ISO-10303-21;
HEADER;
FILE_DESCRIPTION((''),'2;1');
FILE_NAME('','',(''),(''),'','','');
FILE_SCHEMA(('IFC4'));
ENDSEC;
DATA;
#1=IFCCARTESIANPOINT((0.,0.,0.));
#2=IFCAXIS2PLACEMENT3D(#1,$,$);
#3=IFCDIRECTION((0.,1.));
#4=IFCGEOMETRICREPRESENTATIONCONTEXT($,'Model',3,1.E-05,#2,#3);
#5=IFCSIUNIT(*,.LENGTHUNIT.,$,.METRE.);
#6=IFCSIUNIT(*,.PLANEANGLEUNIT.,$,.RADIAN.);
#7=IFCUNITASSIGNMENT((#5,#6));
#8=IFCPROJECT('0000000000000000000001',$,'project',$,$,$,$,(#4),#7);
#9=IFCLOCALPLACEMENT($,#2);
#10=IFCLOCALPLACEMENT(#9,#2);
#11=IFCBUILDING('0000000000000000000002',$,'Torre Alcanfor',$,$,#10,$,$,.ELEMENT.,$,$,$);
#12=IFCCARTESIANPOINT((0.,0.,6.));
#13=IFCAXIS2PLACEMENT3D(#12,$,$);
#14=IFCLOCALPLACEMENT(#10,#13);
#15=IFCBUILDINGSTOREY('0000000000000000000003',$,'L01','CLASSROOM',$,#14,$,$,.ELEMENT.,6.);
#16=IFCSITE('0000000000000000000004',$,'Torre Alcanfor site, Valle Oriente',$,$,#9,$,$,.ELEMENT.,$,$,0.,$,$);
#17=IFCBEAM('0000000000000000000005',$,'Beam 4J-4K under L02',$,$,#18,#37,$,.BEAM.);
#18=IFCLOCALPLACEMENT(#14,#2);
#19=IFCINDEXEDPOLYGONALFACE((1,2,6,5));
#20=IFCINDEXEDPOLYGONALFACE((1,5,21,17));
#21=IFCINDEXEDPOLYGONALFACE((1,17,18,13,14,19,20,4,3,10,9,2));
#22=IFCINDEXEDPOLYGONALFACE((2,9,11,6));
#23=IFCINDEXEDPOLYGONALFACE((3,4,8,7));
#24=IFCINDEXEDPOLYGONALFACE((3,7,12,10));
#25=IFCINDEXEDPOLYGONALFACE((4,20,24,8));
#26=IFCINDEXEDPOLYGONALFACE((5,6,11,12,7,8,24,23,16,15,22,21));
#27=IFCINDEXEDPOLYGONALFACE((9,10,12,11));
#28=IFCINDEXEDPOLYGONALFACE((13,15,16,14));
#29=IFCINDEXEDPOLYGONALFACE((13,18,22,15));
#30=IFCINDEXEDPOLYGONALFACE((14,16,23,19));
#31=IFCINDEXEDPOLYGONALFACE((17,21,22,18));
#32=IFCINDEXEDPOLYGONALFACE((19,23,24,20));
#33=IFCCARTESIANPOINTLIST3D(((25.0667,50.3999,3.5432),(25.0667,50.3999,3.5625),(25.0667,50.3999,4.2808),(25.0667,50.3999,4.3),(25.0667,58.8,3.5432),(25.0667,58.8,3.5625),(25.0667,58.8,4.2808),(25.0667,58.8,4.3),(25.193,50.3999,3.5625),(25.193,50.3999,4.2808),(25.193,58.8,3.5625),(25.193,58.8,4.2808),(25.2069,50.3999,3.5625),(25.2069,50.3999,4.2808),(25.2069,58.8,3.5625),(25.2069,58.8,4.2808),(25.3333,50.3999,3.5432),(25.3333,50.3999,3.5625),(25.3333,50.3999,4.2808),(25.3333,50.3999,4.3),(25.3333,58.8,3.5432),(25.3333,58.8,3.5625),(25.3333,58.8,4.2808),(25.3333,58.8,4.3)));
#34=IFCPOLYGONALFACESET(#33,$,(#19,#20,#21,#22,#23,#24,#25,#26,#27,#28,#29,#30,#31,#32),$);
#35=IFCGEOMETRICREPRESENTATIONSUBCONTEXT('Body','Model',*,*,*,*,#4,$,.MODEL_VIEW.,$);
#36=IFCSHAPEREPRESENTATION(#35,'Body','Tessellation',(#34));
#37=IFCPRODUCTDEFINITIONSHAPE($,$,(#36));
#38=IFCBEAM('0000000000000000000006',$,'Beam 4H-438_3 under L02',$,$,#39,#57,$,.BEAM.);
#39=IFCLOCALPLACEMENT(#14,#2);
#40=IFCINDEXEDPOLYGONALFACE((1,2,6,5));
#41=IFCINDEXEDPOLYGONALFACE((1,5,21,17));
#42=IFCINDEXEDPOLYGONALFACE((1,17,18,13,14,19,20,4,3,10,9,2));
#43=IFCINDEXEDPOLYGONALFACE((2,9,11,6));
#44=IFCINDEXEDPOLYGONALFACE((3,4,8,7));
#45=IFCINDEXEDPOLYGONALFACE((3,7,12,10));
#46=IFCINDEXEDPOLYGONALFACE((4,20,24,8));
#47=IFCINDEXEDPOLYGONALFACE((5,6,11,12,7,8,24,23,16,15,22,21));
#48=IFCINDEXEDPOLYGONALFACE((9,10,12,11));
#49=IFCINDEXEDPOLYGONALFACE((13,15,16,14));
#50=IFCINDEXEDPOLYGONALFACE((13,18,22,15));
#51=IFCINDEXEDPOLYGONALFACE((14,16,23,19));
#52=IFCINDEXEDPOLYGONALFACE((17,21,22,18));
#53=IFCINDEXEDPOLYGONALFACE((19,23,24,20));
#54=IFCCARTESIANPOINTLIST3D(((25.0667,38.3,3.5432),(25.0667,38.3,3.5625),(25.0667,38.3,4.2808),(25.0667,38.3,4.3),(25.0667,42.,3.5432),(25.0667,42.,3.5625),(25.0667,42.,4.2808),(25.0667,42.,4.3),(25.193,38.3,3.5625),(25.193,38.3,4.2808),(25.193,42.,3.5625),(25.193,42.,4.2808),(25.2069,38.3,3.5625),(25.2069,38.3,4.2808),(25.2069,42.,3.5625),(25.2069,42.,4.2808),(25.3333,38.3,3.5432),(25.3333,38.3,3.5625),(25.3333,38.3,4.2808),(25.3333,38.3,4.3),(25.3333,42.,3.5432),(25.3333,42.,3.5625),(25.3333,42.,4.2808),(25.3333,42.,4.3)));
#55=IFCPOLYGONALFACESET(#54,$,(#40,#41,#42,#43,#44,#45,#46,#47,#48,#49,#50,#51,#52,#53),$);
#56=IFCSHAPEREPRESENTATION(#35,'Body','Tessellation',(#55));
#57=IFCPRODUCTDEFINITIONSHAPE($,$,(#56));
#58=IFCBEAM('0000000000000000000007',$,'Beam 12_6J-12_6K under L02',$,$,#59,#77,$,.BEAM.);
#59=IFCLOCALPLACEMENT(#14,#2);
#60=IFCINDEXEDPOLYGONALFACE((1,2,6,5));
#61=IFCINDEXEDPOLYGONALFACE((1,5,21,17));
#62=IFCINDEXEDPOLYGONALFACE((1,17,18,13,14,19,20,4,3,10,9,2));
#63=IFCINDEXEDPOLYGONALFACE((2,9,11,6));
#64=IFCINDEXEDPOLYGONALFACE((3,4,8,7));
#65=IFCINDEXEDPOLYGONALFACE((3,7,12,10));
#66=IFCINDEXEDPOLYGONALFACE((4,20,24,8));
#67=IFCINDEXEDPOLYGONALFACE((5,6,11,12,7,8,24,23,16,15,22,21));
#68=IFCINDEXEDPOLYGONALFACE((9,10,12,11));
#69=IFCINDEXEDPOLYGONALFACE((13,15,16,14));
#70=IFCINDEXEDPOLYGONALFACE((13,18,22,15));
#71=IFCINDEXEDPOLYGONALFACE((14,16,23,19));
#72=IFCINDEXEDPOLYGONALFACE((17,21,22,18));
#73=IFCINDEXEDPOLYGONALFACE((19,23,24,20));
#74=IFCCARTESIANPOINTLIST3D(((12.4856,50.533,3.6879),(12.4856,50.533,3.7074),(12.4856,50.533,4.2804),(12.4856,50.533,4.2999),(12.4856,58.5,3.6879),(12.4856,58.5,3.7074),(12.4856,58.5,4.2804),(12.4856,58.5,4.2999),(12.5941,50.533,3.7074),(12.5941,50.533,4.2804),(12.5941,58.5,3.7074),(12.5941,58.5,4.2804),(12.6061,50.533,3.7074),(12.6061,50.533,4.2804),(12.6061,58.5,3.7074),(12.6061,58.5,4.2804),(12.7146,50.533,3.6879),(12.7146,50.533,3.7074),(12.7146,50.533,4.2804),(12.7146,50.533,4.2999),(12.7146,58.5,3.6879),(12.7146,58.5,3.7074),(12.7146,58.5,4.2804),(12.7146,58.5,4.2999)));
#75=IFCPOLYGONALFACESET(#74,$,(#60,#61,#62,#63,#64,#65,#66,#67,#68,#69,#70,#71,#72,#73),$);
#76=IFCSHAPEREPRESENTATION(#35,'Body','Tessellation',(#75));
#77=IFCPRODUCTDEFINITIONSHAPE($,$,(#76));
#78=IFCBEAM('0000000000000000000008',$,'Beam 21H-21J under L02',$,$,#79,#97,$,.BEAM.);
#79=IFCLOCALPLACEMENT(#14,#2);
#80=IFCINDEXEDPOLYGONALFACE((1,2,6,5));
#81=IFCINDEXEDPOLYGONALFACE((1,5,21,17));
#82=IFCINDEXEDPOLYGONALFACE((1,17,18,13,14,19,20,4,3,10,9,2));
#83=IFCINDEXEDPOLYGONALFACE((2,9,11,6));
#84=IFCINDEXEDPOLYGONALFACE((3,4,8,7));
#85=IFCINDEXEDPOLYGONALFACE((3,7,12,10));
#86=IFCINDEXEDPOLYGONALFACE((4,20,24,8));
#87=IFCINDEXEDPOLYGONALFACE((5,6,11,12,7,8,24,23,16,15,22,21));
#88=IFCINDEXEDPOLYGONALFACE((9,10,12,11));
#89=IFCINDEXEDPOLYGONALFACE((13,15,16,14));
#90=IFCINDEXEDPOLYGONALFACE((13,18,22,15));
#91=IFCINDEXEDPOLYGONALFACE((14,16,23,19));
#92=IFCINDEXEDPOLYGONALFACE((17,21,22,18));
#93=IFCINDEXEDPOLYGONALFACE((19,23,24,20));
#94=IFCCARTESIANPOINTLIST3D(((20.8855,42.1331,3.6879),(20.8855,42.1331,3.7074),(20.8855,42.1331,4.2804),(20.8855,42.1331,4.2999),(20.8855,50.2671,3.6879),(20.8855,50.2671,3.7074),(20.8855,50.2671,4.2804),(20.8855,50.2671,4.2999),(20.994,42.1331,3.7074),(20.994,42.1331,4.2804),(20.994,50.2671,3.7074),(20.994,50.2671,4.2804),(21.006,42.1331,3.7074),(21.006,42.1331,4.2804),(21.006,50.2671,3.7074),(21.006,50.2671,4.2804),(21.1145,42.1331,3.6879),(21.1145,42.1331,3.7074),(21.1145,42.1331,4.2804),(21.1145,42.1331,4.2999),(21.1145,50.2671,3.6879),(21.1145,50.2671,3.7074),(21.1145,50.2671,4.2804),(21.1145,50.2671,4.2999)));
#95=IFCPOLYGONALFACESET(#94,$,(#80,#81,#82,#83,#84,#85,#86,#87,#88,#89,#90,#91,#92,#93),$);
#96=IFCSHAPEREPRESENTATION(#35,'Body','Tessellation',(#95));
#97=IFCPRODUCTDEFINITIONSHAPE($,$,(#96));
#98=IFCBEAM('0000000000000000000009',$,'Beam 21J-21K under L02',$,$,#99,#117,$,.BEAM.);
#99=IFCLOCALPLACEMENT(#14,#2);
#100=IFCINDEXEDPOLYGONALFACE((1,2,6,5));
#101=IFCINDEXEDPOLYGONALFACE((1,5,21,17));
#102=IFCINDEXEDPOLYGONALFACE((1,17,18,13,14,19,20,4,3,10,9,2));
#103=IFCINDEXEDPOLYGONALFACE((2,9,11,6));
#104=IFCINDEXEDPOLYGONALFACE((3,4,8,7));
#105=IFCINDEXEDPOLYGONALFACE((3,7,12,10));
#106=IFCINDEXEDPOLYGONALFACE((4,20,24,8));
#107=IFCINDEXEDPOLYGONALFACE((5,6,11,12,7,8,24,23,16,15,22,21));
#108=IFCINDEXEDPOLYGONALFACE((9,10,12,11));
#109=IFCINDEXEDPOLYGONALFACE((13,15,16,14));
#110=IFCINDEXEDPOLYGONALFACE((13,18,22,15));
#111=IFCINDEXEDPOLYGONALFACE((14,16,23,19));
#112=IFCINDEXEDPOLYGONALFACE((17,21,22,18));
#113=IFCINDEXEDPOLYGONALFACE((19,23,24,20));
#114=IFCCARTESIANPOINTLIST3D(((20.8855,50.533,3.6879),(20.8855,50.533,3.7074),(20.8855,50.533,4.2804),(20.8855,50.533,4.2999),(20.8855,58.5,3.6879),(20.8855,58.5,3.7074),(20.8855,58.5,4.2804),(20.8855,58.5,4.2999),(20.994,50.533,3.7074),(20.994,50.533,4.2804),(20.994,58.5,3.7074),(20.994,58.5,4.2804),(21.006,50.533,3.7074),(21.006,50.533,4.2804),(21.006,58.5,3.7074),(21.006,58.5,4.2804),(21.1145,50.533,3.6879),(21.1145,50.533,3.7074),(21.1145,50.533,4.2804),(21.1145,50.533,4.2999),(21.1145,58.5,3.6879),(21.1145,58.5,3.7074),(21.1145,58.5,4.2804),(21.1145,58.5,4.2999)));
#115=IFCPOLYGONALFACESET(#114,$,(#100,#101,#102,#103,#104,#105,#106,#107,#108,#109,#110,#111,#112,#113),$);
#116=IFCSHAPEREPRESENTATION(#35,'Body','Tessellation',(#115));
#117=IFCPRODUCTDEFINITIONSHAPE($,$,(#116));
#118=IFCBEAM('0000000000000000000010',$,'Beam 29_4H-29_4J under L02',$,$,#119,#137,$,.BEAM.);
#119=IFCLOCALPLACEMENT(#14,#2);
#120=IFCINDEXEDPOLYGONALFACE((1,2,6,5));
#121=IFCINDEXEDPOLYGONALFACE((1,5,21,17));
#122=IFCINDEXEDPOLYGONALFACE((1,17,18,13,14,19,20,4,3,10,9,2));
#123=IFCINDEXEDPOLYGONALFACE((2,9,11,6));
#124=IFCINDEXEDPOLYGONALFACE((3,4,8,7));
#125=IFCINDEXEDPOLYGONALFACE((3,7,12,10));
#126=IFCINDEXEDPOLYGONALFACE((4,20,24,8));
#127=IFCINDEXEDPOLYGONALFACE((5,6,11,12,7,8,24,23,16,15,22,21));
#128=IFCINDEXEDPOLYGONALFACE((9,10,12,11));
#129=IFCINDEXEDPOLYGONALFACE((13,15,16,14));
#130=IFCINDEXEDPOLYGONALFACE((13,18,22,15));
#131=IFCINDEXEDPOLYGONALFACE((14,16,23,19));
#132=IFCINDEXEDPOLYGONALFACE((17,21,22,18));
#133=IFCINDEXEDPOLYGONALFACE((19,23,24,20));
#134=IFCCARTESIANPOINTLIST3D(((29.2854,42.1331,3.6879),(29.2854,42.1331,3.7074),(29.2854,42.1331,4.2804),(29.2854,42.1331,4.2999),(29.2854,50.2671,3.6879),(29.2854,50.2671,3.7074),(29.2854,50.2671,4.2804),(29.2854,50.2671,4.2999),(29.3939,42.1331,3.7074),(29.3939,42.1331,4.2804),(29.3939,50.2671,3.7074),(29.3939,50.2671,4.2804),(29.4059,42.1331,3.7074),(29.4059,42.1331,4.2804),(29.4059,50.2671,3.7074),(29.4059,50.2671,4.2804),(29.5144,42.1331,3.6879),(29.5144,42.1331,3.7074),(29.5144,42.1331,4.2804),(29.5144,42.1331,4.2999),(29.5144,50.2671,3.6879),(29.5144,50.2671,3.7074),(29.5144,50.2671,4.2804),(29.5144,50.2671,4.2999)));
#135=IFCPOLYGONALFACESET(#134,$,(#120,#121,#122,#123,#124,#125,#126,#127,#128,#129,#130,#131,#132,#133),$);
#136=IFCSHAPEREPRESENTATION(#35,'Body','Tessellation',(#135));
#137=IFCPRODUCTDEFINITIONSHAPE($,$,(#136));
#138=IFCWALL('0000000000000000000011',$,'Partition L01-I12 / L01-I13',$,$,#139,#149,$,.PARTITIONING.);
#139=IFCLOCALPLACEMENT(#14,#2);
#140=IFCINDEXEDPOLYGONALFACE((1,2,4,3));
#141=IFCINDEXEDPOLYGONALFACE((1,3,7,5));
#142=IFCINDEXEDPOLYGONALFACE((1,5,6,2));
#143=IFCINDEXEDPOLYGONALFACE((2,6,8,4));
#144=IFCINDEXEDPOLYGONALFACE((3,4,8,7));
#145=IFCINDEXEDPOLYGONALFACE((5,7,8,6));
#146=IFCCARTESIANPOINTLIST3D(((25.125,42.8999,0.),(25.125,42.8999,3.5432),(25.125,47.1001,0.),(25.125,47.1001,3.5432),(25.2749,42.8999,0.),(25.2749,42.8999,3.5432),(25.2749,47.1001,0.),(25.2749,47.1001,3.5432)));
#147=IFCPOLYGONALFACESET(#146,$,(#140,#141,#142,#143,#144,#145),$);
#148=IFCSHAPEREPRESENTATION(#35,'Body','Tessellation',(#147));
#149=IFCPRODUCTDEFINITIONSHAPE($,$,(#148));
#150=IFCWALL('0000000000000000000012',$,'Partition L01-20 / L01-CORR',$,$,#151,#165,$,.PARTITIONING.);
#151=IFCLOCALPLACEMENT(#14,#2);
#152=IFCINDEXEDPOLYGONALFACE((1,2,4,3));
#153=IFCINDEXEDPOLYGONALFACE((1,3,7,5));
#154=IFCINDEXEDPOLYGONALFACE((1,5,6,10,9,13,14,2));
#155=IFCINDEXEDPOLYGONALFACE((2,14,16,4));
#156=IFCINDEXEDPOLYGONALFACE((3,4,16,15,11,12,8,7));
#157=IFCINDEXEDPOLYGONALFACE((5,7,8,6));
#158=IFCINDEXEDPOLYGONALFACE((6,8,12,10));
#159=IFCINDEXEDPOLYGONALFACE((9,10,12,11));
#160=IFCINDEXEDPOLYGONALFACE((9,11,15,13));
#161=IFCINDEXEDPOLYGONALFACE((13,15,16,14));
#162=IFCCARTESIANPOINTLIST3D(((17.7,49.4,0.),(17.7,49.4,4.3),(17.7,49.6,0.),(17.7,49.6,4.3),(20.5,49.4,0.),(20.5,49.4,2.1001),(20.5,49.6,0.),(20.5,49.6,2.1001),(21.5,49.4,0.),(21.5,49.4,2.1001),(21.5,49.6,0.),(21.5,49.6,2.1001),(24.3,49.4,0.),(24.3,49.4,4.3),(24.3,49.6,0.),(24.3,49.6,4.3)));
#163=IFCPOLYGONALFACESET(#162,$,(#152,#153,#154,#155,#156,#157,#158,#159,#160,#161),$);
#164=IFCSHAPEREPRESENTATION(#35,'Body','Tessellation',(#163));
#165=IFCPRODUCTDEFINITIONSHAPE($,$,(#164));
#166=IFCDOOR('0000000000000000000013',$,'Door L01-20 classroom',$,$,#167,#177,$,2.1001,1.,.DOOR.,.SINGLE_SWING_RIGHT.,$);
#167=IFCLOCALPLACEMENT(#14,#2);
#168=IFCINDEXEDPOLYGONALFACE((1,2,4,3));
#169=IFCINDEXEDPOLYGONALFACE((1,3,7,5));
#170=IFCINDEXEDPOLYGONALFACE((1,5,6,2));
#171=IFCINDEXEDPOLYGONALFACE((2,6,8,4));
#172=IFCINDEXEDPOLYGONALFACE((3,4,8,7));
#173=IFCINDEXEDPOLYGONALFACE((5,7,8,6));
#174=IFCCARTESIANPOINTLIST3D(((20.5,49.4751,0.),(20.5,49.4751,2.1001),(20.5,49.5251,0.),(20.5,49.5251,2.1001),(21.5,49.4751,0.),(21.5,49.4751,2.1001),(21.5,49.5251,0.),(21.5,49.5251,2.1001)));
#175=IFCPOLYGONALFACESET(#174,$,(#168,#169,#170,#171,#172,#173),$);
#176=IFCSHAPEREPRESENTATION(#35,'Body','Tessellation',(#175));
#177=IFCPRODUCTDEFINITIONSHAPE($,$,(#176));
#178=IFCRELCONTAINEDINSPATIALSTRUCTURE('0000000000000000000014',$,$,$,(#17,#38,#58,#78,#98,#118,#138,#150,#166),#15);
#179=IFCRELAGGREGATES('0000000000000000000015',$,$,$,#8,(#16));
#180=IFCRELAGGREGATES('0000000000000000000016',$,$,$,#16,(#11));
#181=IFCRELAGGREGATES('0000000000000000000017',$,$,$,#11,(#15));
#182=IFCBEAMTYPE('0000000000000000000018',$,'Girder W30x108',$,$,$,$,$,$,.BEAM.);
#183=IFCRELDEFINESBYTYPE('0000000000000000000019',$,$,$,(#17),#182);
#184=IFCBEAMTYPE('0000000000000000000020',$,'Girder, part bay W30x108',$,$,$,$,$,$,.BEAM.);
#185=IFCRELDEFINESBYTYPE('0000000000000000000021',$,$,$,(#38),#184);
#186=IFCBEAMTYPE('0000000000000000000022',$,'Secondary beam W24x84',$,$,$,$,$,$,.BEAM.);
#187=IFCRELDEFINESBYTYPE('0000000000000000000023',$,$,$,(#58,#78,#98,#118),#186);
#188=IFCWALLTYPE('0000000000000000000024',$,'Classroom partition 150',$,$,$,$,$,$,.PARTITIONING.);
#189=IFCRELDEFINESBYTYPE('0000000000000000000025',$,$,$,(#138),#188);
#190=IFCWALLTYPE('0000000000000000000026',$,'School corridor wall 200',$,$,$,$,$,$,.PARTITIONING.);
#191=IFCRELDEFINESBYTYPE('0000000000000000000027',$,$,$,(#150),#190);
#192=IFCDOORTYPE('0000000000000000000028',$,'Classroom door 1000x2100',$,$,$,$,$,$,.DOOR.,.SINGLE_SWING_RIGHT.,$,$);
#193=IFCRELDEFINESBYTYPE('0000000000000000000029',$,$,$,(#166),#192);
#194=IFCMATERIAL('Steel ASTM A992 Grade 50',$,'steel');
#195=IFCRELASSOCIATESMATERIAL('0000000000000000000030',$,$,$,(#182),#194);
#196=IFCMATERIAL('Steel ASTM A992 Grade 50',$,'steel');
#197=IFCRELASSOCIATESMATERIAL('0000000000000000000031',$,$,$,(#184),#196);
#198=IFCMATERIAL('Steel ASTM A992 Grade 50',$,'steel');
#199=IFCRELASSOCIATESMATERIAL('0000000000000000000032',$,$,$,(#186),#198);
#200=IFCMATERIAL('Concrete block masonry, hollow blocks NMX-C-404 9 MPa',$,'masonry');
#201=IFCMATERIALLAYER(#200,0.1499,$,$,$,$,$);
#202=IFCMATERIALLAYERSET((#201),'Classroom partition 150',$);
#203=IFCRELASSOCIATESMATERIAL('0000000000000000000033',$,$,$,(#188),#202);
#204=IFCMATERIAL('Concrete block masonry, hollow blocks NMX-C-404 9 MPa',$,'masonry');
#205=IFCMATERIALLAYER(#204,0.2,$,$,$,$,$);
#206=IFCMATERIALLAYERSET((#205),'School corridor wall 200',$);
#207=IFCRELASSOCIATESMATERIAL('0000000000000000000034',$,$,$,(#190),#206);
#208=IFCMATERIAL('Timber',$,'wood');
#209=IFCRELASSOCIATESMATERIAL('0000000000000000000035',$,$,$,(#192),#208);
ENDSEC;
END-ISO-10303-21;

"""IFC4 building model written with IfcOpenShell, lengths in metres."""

from ifc_helpers import new_model, si_unit, direction, frame, frame_2d, origin, origin_2d, place, context, subcontext, project, spatial, rectangle, i_section, extrude, material, layer, layer_set, material_profile, profile_set, type_object, element, fill, save


model = new_model("IFC4")

# Units and contexts
model_context = context("Model", 3, precision=1e-05, world=origin(), true_north=direction((0.0, 1.0)))
body_context = subcontext(model_context, "Body", "Model", "MODEL_VIEW")
ifc_project = project(units=[si_unit("LENGTHUNIT", "METRE"), si_unit("PLANEANGLEUNIT", "RADIAN")], contexts=[model_context])

# Site, building, storey
site_placement = place(None, origin())
site = spatial("IfcSite", under=ifc_project, at=site_placement, Name="Torre Alcanfor site, Valle Oriente", CompositionType="ELEMENT", RefElevation=0.0)
building_placement = place(site_placement, origin())
building = spatial("IfcBuilding", under=site, at=building_placement, Name="Torre Alcanfor", CompositionType="ELEMENT")
storey_placement = place(building_placement, frame((0.0, 0.0, 6.0)))
storey = spatial("IfcBuildingStorey", under=building, at=storey_placement, Name="L01", Description="CLASSROOM", CompositionType="ELEMENT", Elevation=6.0)

# Beams
ifc_material_1 = material(Name="Steel ASTM A992 Grade 50", Category="steel")
ifc_material_profile_1 = material_profile(ifc_material_1, i_section(OverallWidth=0.2666, OverallDepth=0.7568, WebThickness=0.0139, FlangeThickness=0.0193, at=origin_2d()), Name="W30x108")
ifc_profile_set_1 = profile_set([ifc_material_profile_1], Name="Steel ASTM A992 Grade 50")
beam_type_1 = type_object("IfcBeamType", Name="Girder W30x108", PredefinedType="BEAM", material=ifc_profile_set_1)
beam_1_placement = place(storey_placement, frame((25.2, 50.3999, 3.9216), z_axis=(0.0, 1.0, 0.0), x_axis=(-1.0, 0.0, 0.0)))
element("IfcBeam", 1, at=beam_1_placement, inside=storey, type_object=beam_type_1, Name="Beam 4J-4K under L02", PredefinedType="BEAM", context=body_context, shape_type="SweptSolid", body=[
    extrude(i_section(OverallWidth=0.2666, OverallDepth=0.7568, WebThickness=0.0139, FlangeThickness=0.0193, at=origin_2d()), origin(), (0.0, 0.0, 1.0), 8.4001),
])
ifc_material_2 = material(Name="Steel ASTM A992 Grade 50", Category="steel")
ifc_material_profile_2 = material_profile(ifc_material_2, i_section(OverallWidth=0.2666, OverallDepth=0.7568, WebThickness=0.0139, FlangeThickness=0.0193, at=origin_2d()), Name="W30x108")
ifc_profile_set_2 = profile_set([ifc_material_profile_2], Name="Steel ASTM A992 Grade 50")
beam_type_2 = type_object("IfcBeamType", Name="Girder, part bay W30x108", PredefinedType="BEAM", material=ifc_profile_set_2)
beam_2_placement = place(storey_placement, frame((25.2, 42.0, 3.9216), z_axis=(0.0, -1.0, 0.0), x_axis=(1.0, 0.0, 0.0)))
element("IfcBeam", 2, at=beam_2_placement, inside=storey, type_object=beam_type_2, Name="Beam 4H-438_3 under L02", PredefinedType="BEAM", context=body_context, shape_type="SweptSolid", body=[
    extrude(i_section(OverallWidth=0.2666, OverallDepth=0.7568, WebThickness=0.0139, FlangeThickness=0.0193, at=origin_2d()), origin(), (0.0, 0.0, 1.0), 3.7),
])
ifc_material_3 = material(Name="Steel ASTM A992 Grade 50", Category="steel")
ifc_material_profile_3 = material_profile(ifc_material_3, i_section(OverallWidth=0.229, OverallDepth=0.6121, WebThickness=0.012, FlangeThickness=0.0195, at=origin_2d()), Name="W24x84")
ifc_profile_set_3 = profile_set([ifc_material_profile_3], Name="Steel ASTM A992 Grade 50")
beam_type_3 = type_object("IfcBeamType", Name="Secondary beam W24x84", PredefinedType="BEAM", material=ifc_profile_set_3)
beam_3_placement = place(storey_placement, frame((12.6001, 50.533, 3.9939), z_axis=(0.0, 1.0, 0.0), x_axis=(-1.0, 0.0, 0.0)))
element("IfcBeam", 3, at=beam_3_placement, inside=storey, type_object=beam_type_3, Name="Beam 12_6J-12_6K under L02", PredefinedType="BEAM", context=body_context, shape_type="SweptSolid", body=[
    extrude(i_section(OverallWidth=0.229, OverallDepth=0.6121, WebThickness=0.012, FlangeThickness=0.0195, at=origin_2d()), origin(), (0.0, 0.0, 1.0), 7.967),
])
beam_4_placement = place(storey_placement, frame((21.0, 42.1331, 3.9939), z_axis=(0.0, 1.0, 0.0), x_axis=(-1.0, 0.0, 0.0)))
element("IfcBeam", 4, at=beam_4_placement, inside=storey, type_object=beam_type_3, Name="Beam 21H-21J under L02", PredefinedType="BEAM", context=body_context, shape_type="SweptSolid", body=[
    extrude(i_section(OverallWidth=0.229, OverallDepth=0.6121, WebThickness=0.012, FlangeThickness=0.0195, at=origin_2d()), origin(), (0.0, 0.0, 1.0), 8.134),
])
beam_5_placement = place(storey_placement, frame((21.0, 50.533, 3.9939), z_axis=(0.0, 1.0, 0.0), x_axis=(-1.0, 0.0, 0.0)))
element("IfcBeam", 5, at=beam_5_placement, inside=storey, type_object=beam_type_3, Name="Beam 21J-21K under L02", PredefinedType="BEAM", context=body_context, shape_type="SweptSolid", body=[
    extrude(i_section(OverallWidth=0.229, OverallDepth=0.6121, WebThickness=0.012, FlangeThickness=0.0195, at=origin_2d()), origin(), (0.0, 0.0, 1.0), 7.967),
])
beam_6_placement = place(storey_placement, frame((29.3999, 42.1331, 3.9939), z_axis=(0.0, 1.0, 0.0), x_axis=(-1.0, 0.0, 0.0)))
element("IfcBeam", 6, at=beam_6_placement, inside=storey, type_object=beam_type_3, Name="Beam 29_4H-29_4J under L02", PredefinedType="BEAM", context=body_context, shape_type="SweptSolid", body=[
    extrude(i_section(OverallWidth=0.229, OverallDepth=0.6121, WebThickness=0.012, FlangeThickness=0.0195, at=origin_2d()), origin(), (0.0, 0.0, 1.0), 8.134),
])

# Wall
ifc_material_4 = material(Name="Concrete block masonry, hollow blocks NMX-C-404 9 MPa", Category="masonry")
ifc_layer_1 = layer(ifc_material_4, 0.1499)
ifc_layer_set_1 = layer_set([ifc_layer_1], Name="Classroom partition 150")
wall_type_1 = type_object("IfcWallType", Name="Classroom partition 150", PredefinedType="PARTITIONING", material=ifc_layer_set_1)
wall_1_placement = place(storey_placement, frame((25.2, 47.1001, 0.0), z_axis=(0.0, 0.0, 1.0), x_axis=(0.0, -1.0, 0.0)))
element("IfcWall", 7, at=wall_1_placement, inside=storey, type_object=wall_type_1, Name="Partition L01-I12 / L01-I13", PredefinedType="PARTITIONING", context=body_context, shape_type="SweptSolid", body=[
    extrude(rectangle(XDim=4.2002, YDim=0.1499, at=frame_2d((2.1001, 0.0))), origin(), (0.0, 0.0, 1.0), 3.5432),
])

# Wall, opening, door
ifc_material_5 = material(Name="Concrete block masonry, hollow blocks NMX-C-404 9 MPa", Category="masonry")
ifc_layer_2 = layer(ifc_material_5, 0.2)
ifc_layer_set_2 = layer_set([ifc_layer_2], Name="School corridor wall 200")
wall_type_2 = type_object("IfcWallType", Name="School corridor wall 200", PredefinedType="PARTITIONING", material=ifc_layer_set_2)
wall_2_placement = place(storey_placement, frame((24.3, 49.5, 0.0), z_axis=(0.0, 0.0, 1.0), x_axis=(-1.0, 0.0, 0.0)))
wall_2 = element("IfcWall", 8, at=wall_2_placement, inside=storey, type_object=wall_type_2, Name="Partition L01-20 / L01-CORR", PredefinedType="PARTITIONING", context=body_context, shape_type="SweptSolid", body=[
    extrude(rectangle(XDim=6.6001, YDim=0.2, at=frame_2d((3.3, 0.0))), origin(), (0.0, 0.0, 1.0), 4.3),
])
opening_1_placement = place(wall_2_placement, frame((2.8, 0.0, 0.0)))
opening_1 = element("IfcOpeningElement", 9, at=opening_1_placement, cuts=wall_2, PredefinedType="OPENING", context=body_context, shape_type="SweptSolid", body=[
    extrude(rectangle(XDim=1.0, YDim=2.1001, at=frame_2d((0.5, 1.05))), frame((0.0, 0.1099, 0.0), z_axis=(0.0, -1.0, 0.0), x_axis=(1.0, 0.0, 0.0)), (0.0, 0.0, 1.0), 0.22),
])
ifc_material_6 = material(Name="Timber", Category="wood")
door_type_1 = type_object("IfcDoorType", Name="Classroom door 1000x2100", OperationType="SINGLE_SWING_RIGHT", PredefinedType="DOOR", material=ifc_material_6)
door_1_placement = place(opening_1_placement, frame((1.0, 0.0, 0.0), z_axis=(0.0, 0.0, 1.0), x_axis=(-1.0, 0.0, 0.0)))
door_1 = element("IfcDoor", 10, at=door_1_placement, inside=storey, type_object=door_type_1, Name="Door L01-20 classroom", OperationType="SINGLE_SWING_RIGHT", OverallHeight=2.1001, OverallWidth=1.0, PredefinedType="DOOR", context=body_context, shape_type="SweptSolid", body=[
    extrude(rectangle(XDim=1.0, YDim=2.1001, at=frame_2d((0.5, 1.05))), frame((0.0, 0.0251, 0.0), z_axis=(0.0, -1.0, 0.0), x_axis=(1.0, 0.0, 0.0)), (0.0, 0.0, 1.0), 0.05),
])
fill(opening_1, door_1)

save(model, "model.ifc")
